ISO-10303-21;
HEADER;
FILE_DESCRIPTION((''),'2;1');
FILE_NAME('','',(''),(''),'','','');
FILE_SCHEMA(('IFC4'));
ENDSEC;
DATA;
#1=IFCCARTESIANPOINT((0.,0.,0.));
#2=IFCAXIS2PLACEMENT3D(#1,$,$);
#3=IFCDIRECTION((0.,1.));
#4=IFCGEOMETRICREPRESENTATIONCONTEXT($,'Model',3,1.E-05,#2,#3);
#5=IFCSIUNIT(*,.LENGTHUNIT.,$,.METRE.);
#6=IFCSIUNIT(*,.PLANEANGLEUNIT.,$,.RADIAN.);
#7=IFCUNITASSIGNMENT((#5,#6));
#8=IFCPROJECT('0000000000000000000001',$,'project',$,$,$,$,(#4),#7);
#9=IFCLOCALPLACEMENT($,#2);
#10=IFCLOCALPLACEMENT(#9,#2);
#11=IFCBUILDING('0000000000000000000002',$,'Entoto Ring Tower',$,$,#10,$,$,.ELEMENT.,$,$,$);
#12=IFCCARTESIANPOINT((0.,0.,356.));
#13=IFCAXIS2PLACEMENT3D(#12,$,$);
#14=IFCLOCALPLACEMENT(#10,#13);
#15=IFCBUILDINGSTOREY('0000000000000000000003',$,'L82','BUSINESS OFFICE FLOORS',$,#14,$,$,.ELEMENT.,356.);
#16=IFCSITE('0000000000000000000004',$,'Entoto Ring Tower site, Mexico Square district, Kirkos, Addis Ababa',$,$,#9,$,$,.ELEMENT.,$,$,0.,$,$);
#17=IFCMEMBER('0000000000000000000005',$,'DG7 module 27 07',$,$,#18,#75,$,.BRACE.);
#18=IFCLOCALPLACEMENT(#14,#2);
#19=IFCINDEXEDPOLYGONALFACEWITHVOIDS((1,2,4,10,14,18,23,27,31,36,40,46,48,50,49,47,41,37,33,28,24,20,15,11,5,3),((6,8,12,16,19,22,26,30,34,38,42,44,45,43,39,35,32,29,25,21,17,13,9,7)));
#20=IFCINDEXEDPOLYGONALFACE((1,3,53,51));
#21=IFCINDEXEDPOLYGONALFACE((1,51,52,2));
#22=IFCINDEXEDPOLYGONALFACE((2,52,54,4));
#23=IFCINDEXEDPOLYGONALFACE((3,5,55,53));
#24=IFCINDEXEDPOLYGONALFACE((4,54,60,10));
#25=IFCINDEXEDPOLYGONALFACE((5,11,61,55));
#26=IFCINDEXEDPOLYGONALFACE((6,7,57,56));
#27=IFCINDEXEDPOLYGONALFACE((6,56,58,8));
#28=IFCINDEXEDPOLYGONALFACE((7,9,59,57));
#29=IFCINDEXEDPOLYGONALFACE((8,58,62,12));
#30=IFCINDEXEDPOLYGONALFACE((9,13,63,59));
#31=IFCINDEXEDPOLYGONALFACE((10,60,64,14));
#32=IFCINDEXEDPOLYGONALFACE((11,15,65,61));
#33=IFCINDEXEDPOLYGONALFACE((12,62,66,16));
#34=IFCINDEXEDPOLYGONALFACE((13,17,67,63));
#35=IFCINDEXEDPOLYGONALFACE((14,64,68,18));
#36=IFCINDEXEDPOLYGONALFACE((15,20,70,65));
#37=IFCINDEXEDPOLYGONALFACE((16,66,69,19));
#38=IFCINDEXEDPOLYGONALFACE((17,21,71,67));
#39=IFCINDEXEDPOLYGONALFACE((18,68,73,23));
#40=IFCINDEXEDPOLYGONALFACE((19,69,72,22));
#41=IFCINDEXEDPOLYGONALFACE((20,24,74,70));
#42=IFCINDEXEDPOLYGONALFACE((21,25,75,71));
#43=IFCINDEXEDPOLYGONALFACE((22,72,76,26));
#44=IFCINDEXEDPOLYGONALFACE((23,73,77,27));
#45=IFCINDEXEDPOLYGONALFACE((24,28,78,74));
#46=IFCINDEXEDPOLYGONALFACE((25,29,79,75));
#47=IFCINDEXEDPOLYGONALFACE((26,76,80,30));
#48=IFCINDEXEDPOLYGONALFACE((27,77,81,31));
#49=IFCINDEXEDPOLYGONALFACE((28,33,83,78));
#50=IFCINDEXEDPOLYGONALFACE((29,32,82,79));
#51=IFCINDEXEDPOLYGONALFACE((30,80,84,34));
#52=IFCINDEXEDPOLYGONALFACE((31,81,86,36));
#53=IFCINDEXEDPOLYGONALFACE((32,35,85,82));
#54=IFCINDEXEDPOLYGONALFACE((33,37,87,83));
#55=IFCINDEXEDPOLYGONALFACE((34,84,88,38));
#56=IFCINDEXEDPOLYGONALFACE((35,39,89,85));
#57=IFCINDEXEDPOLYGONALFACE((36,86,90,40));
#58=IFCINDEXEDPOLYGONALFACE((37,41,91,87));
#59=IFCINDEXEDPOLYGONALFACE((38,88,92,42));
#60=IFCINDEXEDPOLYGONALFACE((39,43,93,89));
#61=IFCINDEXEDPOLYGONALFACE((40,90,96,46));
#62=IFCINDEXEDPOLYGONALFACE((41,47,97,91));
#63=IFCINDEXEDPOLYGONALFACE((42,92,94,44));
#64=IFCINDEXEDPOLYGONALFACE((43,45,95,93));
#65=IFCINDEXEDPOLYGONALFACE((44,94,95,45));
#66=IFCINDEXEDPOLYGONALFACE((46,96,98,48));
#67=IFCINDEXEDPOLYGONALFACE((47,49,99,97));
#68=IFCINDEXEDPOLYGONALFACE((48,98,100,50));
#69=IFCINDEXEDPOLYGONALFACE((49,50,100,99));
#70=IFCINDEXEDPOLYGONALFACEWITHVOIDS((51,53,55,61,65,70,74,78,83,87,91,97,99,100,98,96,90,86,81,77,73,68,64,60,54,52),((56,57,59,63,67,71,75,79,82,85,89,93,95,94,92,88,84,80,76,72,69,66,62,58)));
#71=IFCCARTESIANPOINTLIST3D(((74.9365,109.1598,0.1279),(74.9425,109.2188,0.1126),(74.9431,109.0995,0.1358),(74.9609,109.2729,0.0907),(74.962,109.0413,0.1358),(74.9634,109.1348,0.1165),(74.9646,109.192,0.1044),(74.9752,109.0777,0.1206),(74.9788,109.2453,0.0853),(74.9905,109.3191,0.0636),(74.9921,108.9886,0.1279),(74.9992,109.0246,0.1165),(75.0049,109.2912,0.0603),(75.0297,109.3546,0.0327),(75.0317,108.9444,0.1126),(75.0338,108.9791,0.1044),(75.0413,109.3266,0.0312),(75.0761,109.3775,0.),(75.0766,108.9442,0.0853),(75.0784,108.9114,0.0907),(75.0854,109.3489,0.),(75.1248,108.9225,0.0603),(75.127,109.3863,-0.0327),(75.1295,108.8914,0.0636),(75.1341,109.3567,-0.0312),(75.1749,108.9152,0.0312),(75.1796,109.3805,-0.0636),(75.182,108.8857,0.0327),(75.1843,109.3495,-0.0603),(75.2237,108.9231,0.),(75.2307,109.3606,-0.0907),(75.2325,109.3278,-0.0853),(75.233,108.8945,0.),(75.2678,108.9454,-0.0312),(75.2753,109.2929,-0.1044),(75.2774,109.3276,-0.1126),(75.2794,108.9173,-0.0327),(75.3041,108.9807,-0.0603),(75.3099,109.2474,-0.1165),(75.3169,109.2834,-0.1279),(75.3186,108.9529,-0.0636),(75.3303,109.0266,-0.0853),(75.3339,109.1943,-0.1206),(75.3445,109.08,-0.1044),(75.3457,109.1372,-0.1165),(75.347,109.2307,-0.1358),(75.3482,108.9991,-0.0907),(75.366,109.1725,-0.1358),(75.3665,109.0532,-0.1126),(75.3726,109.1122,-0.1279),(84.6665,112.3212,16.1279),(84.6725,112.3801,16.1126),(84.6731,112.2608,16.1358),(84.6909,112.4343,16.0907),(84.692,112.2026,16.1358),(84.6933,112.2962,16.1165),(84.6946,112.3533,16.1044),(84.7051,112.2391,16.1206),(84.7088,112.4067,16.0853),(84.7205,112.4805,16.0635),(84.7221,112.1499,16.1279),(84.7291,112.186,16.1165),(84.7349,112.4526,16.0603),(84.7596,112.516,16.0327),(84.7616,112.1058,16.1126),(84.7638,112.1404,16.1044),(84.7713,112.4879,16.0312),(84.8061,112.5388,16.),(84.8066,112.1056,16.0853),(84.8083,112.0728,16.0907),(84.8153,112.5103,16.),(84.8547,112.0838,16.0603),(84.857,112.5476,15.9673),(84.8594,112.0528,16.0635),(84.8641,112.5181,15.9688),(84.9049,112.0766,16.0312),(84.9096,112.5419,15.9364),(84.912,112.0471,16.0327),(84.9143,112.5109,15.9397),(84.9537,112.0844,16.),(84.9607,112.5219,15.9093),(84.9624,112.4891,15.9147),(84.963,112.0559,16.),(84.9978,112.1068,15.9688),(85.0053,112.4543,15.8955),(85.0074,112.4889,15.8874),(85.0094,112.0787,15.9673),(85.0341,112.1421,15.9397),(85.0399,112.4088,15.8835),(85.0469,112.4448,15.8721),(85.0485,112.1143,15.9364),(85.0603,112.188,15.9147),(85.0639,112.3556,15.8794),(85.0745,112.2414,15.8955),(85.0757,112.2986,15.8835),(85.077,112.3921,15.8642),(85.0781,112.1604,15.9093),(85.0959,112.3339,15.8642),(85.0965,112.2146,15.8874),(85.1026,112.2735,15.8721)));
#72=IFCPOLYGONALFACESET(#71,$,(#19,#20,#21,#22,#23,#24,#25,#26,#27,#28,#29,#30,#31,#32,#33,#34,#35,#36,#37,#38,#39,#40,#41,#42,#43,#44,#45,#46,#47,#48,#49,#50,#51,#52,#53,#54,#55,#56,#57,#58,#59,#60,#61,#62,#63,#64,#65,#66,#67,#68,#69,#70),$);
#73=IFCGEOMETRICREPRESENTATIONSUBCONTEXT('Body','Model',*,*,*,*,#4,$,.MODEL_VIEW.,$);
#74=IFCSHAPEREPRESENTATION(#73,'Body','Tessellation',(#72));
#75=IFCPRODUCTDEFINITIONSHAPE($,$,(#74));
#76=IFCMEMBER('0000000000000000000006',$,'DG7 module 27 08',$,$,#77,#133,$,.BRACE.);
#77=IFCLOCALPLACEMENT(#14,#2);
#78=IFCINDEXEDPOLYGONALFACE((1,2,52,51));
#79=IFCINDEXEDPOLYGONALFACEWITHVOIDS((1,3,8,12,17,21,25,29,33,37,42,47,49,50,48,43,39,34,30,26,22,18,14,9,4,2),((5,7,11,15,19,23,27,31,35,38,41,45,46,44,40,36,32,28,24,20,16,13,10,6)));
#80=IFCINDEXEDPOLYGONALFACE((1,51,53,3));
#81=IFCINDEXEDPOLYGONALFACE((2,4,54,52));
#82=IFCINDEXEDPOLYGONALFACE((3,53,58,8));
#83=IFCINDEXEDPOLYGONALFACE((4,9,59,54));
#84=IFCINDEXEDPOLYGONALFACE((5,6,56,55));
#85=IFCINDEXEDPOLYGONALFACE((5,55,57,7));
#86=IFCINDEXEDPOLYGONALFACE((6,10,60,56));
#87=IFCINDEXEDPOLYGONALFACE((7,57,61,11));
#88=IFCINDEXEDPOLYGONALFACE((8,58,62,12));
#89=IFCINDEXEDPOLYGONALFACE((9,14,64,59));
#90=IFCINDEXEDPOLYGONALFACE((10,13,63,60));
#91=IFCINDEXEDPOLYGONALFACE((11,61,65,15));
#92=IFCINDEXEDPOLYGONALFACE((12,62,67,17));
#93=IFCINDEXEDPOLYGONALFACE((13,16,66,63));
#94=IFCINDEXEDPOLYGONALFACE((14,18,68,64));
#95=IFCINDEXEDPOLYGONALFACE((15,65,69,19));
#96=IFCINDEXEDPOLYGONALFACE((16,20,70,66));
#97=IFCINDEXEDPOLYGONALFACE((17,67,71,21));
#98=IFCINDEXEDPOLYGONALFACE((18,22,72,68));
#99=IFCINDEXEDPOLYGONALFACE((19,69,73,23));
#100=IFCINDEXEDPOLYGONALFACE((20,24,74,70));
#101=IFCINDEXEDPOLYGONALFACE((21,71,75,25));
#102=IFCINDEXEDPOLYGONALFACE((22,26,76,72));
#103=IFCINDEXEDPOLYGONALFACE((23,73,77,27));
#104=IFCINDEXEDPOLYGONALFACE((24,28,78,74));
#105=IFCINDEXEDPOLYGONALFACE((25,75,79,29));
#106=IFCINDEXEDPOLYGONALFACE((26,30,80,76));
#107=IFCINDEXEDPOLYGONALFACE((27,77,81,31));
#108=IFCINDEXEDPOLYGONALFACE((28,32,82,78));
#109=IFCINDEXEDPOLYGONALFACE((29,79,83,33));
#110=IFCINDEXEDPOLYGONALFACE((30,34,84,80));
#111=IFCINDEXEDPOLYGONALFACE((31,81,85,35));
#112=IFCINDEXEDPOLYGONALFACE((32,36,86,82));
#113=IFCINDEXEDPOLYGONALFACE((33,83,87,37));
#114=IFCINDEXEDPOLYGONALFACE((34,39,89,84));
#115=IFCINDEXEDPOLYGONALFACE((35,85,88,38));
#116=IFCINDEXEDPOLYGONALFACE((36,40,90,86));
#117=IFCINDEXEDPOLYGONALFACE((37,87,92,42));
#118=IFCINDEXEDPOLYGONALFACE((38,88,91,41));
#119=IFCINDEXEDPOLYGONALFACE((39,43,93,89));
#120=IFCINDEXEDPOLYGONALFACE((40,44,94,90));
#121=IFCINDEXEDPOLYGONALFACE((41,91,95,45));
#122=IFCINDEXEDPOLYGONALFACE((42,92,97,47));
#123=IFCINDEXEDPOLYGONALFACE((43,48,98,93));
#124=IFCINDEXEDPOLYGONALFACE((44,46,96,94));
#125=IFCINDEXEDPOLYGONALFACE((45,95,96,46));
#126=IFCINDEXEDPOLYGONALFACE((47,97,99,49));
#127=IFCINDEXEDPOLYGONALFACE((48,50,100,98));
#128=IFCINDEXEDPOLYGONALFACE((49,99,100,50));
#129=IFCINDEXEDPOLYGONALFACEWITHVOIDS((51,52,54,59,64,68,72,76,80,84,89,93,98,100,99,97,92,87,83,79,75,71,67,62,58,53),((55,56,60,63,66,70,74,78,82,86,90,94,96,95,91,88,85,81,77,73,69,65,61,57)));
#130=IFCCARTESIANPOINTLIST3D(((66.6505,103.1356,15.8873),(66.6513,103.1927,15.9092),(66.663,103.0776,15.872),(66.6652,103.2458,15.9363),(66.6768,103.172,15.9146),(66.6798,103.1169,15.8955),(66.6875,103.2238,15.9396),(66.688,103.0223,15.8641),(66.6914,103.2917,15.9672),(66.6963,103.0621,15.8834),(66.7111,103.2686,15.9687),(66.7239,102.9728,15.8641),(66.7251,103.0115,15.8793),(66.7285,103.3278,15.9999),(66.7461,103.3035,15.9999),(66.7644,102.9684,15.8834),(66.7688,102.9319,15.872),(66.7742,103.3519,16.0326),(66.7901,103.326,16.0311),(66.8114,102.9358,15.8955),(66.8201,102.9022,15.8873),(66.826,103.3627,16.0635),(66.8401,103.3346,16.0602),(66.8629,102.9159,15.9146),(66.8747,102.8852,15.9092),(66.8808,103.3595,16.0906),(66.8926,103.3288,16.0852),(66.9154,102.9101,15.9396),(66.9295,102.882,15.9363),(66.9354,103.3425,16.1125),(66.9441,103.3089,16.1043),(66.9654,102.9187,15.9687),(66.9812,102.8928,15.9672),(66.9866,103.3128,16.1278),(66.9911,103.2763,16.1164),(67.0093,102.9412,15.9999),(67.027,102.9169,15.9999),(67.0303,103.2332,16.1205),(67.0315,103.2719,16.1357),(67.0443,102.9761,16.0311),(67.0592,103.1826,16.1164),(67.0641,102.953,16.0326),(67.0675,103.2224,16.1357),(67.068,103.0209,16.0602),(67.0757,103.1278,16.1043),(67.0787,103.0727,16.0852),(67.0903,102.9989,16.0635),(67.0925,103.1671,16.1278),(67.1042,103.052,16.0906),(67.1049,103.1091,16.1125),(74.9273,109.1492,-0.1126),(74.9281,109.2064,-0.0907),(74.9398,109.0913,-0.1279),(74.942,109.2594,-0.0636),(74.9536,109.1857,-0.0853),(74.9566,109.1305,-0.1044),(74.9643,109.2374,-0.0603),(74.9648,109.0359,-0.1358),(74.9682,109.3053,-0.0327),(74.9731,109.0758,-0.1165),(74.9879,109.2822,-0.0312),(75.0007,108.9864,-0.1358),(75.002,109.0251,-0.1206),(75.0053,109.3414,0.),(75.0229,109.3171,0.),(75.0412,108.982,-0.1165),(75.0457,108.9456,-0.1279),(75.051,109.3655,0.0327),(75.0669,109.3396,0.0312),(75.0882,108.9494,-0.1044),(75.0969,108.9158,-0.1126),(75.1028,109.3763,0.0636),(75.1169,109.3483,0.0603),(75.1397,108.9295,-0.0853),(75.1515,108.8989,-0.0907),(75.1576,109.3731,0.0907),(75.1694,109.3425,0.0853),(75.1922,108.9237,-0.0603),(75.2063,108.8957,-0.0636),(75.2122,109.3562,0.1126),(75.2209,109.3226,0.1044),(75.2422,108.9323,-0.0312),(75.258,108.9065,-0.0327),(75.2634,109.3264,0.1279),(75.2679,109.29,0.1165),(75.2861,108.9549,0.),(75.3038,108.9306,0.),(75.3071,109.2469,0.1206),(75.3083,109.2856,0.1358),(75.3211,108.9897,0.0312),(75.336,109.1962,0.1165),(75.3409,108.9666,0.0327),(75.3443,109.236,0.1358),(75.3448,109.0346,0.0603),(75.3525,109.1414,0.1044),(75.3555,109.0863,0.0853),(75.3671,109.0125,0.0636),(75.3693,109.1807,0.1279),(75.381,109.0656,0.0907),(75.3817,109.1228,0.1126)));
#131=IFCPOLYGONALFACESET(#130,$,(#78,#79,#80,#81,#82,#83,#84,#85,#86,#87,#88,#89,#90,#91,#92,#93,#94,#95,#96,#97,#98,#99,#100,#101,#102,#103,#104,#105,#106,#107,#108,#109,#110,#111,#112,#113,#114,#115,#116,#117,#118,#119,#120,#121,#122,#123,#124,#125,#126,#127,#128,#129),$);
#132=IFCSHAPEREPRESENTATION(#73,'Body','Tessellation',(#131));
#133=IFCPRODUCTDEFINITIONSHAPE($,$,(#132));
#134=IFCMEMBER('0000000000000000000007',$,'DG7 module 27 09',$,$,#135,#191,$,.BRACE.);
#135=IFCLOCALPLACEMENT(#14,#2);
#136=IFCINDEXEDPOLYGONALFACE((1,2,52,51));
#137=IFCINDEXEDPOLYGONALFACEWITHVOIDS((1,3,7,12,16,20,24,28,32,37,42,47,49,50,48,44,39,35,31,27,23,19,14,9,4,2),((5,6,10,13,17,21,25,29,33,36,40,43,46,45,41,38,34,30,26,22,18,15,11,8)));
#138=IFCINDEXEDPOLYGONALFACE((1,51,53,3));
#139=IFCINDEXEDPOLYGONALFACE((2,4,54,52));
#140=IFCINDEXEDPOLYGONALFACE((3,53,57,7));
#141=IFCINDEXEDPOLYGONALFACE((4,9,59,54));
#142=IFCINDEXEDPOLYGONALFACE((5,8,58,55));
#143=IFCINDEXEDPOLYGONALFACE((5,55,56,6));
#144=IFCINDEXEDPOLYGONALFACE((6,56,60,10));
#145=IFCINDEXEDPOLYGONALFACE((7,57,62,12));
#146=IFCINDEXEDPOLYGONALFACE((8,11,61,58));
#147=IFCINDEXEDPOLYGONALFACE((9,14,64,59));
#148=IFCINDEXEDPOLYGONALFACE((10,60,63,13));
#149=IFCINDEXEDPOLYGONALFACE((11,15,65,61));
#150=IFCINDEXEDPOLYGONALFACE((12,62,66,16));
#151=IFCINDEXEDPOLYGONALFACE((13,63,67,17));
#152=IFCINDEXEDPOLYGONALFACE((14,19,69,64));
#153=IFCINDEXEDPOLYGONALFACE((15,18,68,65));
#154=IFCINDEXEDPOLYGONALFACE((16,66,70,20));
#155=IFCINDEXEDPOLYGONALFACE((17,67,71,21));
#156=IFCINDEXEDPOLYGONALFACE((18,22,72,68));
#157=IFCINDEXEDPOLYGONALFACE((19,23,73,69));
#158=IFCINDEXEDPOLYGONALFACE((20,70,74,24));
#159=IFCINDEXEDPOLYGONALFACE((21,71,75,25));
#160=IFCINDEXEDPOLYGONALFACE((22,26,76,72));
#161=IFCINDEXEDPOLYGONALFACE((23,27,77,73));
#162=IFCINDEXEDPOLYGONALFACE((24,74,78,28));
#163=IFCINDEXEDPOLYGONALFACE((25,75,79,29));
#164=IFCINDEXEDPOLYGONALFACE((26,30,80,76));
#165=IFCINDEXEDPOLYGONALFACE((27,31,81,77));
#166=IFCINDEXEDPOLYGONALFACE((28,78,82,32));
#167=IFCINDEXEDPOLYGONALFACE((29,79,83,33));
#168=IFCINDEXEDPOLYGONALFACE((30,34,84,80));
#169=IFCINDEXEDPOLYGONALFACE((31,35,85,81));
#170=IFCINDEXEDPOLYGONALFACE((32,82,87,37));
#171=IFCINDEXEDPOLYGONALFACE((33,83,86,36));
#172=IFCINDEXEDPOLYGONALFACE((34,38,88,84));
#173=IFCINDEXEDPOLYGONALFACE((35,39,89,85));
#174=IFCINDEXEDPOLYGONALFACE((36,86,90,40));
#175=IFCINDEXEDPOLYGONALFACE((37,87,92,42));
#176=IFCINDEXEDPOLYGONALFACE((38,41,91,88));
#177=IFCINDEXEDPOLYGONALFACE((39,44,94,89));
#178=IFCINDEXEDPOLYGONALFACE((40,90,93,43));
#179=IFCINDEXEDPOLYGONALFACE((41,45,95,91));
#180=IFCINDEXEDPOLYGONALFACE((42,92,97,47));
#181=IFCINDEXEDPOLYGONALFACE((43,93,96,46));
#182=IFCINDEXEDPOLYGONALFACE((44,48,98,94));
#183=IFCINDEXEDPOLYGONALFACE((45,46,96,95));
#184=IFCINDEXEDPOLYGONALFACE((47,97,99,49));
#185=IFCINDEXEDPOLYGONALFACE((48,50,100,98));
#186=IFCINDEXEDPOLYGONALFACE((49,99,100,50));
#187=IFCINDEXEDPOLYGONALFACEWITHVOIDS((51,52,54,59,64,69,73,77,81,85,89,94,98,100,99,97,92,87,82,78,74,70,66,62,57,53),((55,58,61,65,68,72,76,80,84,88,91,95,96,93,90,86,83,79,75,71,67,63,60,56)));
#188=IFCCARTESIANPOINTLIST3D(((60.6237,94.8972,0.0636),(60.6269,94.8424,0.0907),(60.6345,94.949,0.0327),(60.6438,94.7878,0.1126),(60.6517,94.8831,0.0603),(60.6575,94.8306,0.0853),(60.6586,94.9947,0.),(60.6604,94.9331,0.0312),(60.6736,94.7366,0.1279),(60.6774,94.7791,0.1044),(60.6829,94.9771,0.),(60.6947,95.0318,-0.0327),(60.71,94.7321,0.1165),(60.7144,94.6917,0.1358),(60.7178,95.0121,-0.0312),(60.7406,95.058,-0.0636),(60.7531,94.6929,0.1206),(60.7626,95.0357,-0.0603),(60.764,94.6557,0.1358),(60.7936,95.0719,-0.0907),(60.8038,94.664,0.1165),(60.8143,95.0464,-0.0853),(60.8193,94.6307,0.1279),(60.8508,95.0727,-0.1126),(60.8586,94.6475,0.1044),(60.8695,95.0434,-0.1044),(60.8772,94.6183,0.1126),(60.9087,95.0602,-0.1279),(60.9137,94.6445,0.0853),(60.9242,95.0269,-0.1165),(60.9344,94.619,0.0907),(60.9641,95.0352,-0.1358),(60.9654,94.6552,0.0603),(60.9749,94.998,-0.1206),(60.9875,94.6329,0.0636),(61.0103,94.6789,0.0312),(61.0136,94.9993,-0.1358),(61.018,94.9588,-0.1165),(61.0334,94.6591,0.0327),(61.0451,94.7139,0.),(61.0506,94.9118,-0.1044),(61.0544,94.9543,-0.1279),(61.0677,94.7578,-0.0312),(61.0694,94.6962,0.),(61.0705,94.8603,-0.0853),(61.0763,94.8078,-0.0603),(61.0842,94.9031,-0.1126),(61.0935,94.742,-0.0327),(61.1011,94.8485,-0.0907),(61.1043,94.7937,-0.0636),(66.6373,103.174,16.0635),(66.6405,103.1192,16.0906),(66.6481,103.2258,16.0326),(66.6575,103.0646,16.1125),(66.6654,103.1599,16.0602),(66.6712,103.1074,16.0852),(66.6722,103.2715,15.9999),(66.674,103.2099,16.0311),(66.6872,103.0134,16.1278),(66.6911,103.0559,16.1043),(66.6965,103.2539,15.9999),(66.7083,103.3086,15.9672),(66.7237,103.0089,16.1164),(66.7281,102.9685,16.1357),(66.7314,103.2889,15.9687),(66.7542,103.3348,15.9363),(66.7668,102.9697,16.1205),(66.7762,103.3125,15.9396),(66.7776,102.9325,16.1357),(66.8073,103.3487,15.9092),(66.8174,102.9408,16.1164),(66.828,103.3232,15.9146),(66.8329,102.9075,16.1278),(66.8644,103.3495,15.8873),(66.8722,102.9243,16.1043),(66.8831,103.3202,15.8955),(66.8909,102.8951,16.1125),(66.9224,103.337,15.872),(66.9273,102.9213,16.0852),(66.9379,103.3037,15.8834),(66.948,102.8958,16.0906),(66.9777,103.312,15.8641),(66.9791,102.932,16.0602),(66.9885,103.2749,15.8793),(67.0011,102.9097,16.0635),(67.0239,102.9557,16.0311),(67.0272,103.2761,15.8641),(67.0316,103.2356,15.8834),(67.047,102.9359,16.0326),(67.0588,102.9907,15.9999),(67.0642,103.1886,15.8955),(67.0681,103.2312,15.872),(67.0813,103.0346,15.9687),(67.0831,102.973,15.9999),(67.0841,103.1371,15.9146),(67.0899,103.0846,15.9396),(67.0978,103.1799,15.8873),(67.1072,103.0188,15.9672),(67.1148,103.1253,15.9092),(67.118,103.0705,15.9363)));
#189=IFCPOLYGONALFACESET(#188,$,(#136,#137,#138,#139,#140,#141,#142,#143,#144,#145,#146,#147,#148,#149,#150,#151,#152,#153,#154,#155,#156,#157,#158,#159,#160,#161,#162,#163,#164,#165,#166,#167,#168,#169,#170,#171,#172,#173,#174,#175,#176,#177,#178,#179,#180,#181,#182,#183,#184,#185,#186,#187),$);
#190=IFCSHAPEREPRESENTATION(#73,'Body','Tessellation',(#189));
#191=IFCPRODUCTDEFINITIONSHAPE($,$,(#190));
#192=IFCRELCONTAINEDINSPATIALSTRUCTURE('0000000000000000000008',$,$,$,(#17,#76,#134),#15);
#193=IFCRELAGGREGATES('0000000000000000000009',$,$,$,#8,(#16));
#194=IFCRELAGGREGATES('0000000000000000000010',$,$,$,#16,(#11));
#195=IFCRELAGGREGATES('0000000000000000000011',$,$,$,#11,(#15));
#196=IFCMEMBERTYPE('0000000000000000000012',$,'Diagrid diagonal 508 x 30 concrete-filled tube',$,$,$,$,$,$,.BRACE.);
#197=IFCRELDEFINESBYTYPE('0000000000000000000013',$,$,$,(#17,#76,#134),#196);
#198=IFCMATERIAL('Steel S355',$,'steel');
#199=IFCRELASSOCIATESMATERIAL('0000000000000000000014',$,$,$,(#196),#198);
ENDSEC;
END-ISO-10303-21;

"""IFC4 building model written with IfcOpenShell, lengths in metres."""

from ifc_helpers import new_model, si_unit, direction, frame, origin, origin_2d, place, context, subcontext, project, spatial, circle, hollow_circle, extrude, material, material_profile, profile_set, type_object, element, save


model = new_model("IFC4")

# Units and contexts
model_context = context("Model", 3, precision=1e-05, world=origin(), true_north=direction((0.0, 1.0)))
body_context = subcontext(model_context, "Body", "Model", "MODEL_VIEW")
ifc_project = project(units=[si_unit("LENGTHUNIT", "METRE"), si_unit("PLANEANGLEUNIT", "RADIAN")], contexts=[model_context])

# Site, building, storey
site_placement = place(None, origin())
site = spatial("IfcSite", under=ifc_project, at=site_placement, Name="Entoto Ring Tower site, Mexico Square district, Kirkos, Addis Ababa", CompositionType="ELEMENT", RefElevation=0.0)
building_placement = place(site_placement, origin())
building = spatial("IfcBuilding", under=site, at=building_placement, Name="Entoto Ring Tower", CompositionType="ELEMENT")
storey_placement = place(building_placement, frame((0.0, 0.0, 356.0)))
storey = spatial("IfcBuildingStorey", under=building, at=storey_placement, Name="L82", Description="BUSINESS OFFICE FLOORS", CompositionType="ELEMENT", Elevation=356.0)

# Members
ifc_material_1 = material(Name="Steel S355", Category="steel")
ifc_material_profile_1 = material_profile(ifc_material_1, hollow_circle(Radius=0.2539, WallThickness=0.03, at=origin_2d()), Name="CHS 508 x 30")
ifc_material_2 = material(Name="Concrete C60/75", Category="concrete")
ifc_material_profile_2 = material_profile(ifc_material_2, circle(Radius=0.2241, at=origin_2d()), Name="Concrete C60/75 infill")
ifc_profile_set_1 = profile_set([ifc_material_profile_1, ifc_material_profile_2], Name="Steel S355")
member_type_1 = type_object("IfcMemberType", Name="Diagrid diagonal 508 x 30 concrete-filled tube", PredefinedType="BRACE", material=ifc_profile_set_1)
for number, where, z_axis, x_axis, name in (
    (1, (75.1545, 109.136, 0.0), (0.512341, 0.166465, 0.842494), (-0.309009, 0.951059, 0.0), "DG7 module 27 07"),
    (2, (75.1545, 109.136, 0.0), (-0.435823, -0.316654, 0.84249), (0.587797, -0.809008, 0.0), "DG7 module 27 08"),
    (3, (60.864, 94.8455, 0.0), (0.316654, 0.435823, 0.84249), (-0.809008, 0.587797, 0.0), "DG7 module 27 09"),
):
    element("IfcMember", number, at=place(storey_placement, frame(where, z_axis=z_axis, x_axis=x_axis)), inside=storey, type_object=member_type_1, Name=name, PredefinedType="BRACE", context=body_context, shape_type="SweptSolid", body=[
        extrude(hollow_circle(Radius=0.2539, WallThickness=0.03, at=origin_2d()), origin(), (0.0, 0.0, 1.0), 18.9912),
    ])

save(model, "model.ifc")
